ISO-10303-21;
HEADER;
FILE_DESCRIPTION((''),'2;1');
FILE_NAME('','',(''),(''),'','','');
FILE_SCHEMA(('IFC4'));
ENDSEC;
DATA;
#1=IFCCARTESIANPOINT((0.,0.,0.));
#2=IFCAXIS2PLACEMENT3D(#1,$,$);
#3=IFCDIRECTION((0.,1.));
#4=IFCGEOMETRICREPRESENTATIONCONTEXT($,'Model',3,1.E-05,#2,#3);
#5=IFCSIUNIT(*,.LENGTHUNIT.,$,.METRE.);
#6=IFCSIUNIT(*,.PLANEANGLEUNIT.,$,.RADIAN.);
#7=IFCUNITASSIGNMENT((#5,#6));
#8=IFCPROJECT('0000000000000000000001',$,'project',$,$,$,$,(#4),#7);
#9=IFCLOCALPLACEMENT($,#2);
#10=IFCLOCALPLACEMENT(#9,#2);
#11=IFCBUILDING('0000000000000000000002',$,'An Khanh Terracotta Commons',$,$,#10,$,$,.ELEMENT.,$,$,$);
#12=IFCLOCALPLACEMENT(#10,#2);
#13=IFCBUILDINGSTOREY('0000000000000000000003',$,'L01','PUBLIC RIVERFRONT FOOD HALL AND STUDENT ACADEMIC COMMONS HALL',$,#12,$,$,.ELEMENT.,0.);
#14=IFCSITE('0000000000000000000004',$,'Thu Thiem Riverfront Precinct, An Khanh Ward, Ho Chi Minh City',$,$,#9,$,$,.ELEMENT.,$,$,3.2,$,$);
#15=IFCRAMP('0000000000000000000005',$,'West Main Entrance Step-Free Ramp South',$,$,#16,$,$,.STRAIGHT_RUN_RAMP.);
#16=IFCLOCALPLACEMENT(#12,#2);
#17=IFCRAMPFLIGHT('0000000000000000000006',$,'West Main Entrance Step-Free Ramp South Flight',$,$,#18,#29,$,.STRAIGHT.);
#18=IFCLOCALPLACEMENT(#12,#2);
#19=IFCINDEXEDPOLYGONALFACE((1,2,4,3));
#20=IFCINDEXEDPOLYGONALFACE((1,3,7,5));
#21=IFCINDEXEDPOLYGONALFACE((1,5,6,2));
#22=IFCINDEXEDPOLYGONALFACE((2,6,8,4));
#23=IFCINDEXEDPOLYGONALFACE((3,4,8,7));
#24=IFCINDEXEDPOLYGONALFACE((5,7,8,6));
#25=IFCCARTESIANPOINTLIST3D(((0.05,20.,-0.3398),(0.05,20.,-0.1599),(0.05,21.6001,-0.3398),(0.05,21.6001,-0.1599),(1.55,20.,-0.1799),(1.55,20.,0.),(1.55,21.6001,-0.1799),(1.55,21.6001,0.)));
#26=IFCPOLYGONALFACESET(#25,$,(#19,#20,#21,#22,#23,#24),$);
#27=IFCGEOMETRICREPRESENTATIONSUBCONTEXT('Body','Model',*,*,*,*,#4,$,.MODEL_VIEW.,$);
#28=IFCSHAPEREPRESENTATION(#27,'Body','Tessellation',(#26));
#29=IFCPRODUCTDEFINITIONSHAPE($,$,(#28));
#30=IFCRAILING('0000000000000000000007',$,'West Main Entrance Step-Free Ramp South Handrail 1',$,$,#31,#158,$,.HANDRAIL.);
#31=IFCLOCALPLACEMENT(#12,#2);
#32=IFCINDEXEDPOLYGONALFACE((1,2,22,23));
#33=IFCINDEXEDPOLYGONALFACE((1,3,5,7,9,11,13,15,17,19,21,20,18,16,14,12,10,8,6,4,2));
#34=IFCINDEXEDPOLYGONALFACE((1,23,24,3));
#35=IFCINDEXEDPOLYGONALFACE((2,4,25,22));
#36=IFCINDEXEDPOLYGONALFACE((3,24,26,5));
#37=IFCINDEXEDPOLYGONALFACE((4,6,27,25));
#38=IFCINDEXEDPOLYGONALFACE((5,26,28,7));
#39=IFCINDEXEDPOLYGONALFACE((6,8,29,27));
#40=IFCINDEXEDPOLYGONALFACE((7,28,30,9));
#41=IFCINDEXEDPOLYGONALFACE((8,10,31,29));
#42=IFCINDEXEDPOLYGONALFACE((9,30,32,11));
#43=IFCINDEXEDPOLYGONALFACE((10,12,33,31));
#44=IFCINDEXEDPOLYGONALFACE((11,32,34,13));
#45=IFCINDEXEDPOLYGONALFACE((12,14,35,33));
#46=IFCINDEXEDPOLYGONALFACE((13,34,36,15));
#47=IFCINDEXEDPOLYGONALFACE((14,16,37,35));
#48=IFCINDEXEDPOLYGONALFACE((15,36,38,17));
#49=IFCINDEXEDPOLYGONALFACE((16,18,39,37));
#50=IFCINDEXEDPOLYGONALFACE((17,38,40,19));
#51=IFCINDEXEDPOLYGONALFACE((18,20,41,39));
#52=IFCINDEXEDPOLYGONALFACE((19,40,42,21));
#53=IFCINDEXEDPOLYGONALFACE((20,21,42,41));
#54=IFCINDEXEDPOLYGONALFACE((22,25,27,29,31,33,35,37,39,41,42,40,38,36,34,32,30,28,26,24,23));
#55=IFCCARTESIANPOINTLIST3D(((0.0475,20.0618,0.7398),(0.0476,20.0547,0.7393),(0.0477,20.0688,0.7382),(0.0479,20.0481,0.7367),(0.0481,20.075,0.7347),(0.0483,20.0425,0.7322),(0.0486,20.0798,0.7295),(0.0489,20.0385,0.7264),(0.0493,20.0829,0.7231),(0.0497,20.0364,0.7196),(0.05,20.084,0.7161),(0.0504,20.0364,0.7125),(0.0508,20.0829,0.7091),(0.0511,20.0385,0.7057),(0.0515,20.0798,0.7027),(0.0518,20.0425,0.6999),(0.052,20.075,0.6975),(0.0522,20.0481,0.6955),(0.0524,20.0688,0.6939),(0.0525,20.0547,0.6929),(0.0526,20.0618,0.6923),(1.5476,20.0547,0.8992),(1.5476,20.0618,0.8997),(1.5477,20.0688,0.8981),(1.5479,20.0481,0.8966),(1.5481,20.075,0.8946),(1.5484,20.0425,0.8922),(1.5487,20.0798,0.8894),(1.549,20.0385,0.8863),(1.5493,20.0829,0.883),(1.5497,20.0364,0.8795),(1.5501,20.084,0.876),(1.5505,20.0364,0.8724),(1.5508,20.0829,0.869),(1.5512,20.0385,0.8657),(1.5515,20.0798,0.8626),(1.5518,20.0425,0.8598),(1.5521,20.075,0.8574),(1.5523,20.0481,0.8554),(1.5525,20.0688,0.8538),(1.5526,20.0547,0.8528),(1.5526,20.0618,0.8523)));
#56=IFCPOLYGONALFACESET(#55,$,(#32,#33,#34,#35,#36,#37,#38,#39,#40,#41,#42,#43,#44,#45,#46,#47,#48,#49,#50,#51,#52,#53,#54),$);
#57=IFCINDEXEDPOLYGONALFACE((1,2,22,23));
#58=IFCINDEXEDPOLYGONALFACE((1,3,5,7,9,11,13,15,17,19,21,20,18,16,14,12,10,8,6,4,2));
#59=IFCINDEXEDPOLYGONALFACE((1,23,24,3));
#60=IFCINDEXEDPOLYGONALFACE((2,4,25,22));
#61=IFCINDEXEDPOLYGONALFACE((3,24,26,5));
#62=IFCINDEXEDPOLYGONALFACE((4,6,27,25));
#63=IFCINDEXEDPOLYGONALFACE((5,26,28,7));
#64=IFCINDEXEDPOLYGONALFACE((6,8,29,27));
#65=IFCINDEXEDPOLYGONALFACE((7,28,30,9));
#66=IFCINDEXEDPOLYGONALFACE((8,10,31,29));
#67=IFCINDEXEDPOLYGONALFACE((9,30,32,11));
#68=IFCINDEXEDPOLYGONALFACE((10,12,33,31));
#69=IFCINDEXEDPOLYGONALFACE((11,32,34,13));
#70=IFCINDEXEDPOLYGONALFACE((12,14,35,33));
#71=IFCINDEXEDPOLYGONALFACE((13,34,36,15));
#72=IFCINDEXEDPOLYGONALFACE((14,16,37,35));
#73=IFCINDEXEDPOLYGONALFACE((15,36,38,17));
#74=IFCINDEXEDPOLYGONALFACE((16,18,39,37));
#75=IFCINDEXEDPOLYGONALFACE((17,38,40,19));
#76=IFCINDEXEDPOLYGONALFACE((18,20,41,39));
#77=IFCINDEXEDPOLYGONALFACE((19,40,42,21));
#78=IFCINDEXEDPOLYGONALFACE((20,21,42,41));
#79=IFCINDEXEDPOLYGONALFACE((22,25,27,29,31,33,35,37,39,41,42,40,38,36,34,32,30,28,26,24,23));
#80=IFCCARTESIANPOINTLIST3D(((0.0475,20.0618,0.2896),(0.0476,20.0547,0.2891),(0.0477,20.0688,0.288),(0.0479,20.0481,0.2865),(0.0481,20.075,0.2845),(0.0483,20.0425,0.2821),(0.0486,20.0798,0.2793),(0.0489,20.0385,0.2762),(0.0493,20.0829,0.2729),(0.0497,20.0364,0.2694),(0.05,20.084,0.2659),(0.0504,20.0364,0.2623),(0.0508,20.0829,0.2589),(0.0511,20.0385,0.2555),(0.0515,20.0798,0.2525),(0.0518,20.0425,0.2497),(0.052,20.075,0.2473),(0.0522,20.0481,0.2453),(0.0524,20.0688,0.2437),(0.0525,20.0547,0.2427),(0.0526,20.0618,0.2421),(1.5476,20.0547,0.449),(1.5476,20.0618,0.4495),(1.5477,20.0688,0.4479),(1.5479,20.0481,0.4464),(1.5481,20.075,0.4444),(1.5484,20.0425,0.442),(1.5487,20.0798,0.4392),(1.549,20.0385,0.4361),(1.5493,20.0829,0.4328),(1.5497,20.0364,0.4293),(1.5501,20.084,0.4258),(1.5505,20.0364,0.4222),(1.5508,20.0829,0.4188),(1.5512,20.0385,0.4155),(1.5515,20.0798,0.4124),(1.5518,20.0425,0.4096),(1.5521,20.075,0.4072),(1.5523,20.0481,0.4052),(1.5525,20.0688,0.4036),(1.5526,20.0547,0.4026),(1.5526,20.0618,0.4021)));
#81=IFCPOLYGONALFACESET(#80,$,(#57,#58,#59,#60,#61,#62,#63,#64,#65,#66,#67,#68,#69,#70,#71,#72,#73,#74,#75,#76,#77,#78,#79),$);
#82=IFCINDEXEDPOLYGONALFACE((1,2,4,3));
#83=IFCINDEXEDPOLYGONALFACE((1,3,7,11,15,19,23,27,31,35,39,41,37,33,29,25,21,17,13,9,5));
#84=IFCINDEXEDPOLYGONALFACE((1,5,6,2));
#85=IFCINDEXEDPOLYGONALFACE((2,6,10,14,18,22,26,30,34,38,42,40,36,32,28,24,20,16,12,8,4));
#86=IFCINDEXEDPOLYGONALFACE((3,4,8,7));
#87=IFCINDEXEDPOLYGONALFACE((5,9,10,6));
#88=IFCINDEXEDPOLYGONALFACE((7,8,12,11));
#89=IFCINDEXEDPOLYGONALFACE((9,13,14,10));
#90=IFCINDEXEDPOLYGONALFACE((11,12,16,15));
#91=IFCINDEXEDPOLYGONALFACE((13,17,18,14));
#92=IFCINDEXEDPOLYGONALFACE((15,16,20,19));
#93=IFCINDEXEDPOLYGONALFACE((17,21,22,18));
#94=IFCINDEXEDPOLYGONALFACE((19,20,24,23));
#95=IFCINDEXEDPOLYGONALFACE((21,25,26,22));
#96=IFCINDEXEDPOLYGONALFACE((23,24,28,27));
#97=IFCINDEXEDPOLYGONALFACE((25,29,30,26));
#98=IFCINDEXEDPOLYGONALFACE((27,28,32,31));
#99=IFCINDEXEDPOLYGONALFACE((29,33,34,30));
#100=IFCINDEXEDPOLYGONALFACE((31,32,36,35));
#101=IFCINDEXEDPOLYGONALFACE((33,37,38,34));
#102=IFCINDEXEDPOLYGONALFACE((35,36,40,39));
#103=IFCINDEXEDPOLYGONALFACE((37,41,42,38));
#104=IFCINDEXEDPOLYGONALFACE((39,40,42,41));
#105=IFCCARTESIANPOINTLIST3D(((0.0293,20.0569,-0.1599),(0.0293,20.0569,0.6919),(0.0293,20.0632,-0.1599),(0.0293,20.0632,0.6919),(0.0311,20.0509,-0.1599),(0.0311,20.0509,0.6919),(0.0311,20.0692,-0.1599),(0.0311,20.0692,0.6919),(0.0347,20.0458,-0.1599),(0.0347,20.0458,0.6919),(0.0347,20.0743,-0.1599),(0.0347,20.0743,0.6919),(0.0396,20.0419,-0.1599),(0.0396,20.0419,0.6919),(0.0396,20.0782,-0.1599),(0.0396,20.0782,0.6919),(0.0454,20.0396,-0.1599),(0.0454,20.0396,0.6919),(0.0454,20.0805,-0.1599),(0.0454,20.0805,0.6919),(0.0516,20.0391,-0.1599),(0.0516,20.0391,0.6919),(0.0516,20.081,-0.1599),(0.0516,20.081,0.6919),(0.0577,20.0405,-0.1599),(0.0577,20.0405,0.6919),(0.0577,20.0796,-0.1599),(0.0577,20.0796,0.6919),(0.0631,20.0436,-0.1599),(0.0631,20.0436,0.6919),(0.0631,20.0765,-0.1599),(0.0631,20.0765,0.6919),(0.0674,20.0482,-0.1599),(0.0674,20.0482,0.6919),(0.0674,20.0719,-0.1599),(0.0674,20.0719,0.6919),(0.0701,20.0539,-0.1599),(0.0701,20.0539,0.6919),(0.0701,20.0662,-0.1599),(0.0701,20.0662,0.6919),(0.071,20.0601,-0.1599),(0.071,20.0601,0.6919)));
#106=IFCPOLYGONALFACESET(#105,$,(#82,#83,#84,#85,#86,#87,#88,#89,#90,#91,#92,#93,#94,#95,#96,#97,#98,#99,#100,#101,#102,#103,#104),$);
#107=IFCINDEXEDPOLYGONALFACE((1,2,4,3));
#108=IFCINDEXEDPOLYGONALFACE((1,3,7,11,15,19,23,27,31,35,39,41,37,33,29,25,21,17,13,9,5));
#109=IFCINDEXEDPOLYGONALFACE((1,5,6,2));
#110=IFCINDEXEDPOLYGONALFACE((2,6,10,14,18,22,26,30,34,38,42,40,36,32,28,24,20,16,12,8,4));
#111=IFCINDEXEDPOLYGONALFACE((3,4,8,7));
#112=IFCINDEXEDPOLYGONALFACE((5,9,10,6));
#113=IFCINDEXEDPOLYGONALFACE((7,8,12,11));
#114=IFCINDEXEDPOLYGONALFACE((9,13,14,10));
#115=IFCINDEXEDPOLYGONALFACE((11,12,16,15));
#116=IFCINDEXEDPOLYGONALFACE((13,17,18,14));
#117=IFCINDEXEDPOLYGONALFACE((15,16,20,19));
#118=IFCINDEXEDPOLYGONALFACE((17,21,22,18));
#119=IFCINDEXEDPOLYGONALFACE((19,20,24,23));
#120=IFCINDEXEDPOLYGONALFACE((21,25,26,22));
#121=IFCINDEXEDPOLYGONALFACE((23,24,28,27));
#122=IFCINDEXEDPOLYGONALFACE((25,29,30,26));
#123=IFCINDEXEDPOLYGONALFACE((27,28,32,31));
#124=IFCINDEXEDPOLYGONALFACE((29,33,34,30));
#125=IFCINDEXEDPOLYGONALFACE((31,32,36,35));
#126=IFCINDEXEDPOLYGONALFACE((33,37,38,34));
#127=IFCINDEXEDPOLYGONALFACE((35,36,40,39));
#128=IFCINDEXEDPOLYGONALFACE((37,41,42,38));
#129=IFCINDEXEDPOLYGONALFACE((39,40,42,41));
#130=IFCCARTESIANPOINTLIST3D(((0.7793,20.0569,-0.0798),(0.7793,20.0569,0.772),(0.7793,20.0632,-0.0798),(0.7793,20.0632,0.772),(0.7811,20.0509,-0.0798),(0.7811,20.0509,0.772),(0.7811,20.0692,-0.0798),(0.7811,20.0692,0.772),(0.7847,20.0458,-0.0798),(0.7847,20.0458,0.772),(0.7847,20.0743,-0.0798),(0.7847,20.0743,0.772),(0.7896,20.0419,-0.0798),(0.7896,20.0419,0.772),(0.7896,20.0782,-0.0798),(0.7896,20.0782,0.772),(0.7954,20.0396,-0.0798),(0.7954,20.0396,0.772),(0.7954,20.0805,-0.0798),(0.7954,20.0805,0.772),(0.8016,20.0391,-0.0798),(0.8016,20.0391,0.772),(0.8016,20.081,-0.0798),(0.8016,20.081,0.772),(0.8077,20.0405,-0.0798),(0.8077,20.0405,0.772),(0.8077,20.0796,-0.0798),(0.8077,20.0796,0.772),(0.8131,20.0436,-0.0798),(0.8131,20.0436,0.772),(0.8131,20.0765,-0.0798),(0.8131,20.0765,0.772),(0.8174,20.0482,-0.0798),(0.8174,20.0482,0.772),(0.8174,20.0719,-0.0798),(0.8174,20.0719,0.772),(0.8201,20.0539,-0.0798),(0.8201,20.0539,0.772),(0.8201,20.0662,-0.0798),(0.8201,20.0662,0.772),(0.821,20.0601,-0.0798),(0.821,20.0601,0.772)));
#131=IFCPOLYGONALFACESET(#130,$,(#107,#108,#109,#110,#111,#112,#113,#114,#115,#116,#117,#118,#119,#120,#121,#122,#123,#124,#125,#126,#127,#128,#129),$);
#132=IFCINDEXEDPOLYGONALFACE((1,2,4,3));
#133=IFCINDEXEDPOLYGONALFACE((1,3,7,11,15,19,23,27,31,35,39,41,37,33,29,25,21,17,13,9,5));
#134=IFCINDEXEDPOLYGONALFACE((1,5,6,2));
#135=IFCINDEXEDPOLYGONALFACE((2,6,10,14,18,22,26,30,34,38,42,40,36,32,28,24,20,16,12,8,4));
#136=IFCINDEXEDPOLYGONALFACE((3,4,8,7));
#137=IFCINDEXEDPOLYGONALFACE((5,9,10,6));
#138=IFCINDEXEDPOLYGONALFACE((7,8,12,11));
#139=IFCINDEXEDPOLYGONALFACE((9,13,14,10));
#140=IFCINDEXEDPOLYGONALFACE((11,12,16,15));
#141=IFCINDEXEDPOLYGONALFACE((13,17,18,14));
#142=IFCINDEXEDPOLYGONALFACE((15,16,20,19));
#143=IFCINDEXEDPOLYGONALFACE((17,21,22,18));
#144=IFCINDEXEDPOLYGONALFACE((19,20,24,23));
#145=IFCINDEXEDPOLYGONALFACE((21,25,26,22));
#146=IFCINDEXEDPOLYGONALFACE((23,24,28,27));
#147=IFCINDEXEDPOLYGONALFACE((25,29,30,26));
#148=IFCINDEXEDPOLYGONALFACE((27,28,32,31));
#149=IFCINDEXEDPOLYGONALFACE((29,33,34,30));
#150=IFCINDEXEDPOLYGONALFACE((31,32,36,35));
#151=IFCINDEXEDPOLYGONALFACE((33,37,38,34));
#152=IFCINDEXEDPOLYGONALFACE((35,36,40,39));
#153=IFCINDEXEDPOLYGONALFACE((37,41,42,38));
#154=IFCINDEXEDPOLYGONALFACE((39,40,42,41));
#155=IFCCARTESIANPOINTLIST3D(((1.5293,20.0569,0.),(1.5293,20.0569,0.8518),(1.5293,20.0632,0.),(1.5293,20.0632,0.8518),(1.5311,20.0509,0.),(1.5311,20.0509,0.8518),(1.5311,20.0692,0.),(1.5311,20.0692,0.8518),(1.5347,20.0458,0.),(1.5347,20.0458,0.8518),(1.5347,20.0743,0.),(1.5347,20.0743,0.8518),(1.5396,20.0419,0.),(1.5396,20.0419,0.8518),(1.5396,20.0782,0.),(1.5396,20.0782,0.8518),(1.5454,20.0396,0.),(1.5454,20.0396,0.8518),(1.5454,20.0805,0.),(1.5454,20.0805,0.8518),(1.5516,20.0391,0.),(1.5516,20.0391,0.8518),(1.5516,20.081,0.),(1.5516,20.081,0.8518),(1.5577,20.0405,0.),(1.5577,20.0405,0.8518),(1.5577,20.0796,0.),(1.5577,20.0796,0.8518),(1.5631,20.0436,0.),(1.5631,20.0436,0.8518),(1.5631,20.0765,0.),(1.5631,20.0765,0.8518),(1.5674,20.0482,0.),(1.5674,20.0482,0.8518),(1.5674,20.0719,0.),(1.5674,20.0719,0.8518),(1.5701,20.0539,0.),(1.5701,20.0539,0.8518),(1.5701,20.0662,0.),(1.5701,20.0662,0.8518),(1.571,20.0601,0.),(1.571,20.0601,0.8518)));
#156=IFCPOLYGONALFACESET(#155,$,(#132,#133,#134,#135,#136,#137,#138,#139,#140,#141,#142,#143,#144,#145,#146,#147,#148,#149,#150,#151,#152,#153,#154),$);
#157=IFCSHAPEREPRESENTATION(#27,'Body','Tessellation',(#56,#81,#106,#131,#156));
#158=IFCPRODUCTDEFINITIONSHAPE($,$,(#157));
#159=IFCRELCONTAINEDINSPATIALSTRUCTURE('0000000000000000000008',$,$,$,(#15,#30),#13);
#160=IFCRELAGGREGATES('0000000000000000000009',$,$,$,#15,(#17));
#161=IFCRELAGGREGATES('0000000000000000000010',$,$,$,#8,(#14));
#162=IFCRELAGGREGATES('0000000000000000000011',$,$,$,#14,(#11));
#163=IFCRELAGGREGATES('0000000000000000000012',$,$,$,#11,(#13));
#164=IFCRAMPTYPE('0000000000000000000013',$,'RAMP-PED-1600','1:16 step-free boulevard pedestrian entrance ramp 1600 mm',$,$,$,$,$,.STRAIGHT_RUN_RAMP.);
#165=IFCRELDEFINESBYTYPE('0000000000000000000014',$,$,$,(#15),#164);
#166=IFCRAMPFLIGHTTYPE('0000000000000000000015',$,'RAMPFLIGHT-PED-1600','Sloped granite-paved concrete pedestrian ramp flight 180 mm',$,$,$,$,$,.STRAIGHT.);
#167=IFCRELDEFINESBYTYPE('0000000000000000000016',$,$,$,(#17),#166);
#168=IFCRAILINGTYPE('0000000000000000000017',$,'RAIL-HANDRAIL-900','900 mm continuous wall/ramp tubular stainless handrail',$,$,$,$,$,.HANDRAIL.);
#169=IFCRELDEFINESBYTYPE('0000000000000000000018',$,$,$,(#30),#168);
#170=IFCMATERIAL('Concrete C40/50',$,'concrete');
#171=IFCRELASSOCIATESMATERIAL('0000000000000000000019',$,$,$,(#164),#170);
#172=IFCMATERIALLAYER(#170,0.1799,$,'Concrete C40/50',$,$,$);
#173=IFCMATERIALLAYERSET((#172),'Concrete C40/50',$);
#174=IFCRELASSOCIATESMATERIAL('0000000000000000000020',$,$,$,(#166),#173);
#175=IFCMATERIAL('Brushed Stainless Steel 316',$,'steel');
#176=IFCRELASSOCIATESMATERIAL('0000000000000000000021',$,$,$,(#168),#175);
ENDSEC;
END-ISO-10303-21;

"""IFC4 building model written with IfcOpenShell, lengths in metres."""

from ifc_helpers import new_model, si_unit, direction, frame, origin, origin_2d, place, context, subcontext, project, spatial, polyline, circle, outline, extrude, material, layer, layer_set, type_object, element, aggregate, save


model = new_model("IFC4")

# Units and contexts
model_context = context("Model", 3, precision=1e-05, world=origin(), true_north=direction((0.0, 1.0)))
body_context = subcontext(model_context, "Body", "Model", "MODEL_VIEW")
ifc_project = project(units=[si_unit("LENGTHUNIT", "METRE"), si_unit("PLANEANGLEUNIT", "RADIAN")], contexts=[model_context])

# Site, building, storey
site_placement = place(None, origin())
site = spatial("IfcSite", under=ifc_project, at=site_placement, Name="Thu Thiem Riverfront Precinct, An Khanh Ward, Ho Chi Minh City", CompositionType="ELEMENT", RefElevation=3.2)
building_placement = place(site_placement, origin())
building = spatial("IfcBuilding", under=site, at=building_placement, Name="An Khanh Terracotta Commons", CompositionType="ELEMENT")
storey_placement = place(building_placement, origin())
storey = spatial("IfcBuildingStorey", under=building, at=storey_placement, Name="L01", Description="PUBLIC RIVERFRONT FOOD HALL AND STUDENT ACADEMIC COMMONS HALL", CompositionType="ELEMENT", Elevation=0.0)

# Ramp, ramp flight
ifc_material_1 = material(Name="Concrete C40/50", Category="concrete")
ramp_type = type_object("IfcRampType", Name="RAMP-PED-1600", Description="1:16 step-free boulevard pedestrian entrance ramp 1600 mm", PredefinedType="STRAIGHT_RUN_RAMP", material=ifc_material_1)
ramp_placement = place(storey_placement, origin())
ramp = element("IfcRamp", 1, at=ramp_placement, inside=storey, type_object=ramp_type, Name="West Main Entrance Step-Free Ramp South", PredefinedType="STRAIGHT_RUN_RAMP")
ifc_layer_1 = layer(ifc_material_1, 0.1799, Name="Concrete C40/50")
ifc_layer_set_1 = layer_set([ifc_layer_1], Name="Concrete C40/50")
ramp_flight_type = type_object("IfcRampFlightType", Name="RAMPFLIGHT-PED-1600", Description="Sloped granite-paved concrete pedestrian ramp flight 180 mm", PredefinedType="STRAIGHT", material=ifc_layer_set_1)
ramp_flight_placement = place(storey_placement, frame((0.05, 20.8, -0.1599), z_axis=(0.0, 0.0, 1.0), x_axis=(1.0, 0.0, 0.0)))
ramp_flight = element("IfcRampFlight", 2, at=ramp_flight_placement, type_object=ramp_flight_type, Name="West Main Entrance Step-Free Ramp South Flight", PredefinedType="STRAIGHT", context=body_context, shape_type="SweptSolid", body=[
    extrude(outline(polyline([(0.0, 0.0), (1.5, 0.1599), (1.5, -0.02), (0.0, -0.1799), (0.0, 0.0)])), frame((0.0, 0.8, 0.0), z_axis=(0.0, -1.0, 0.0), x_axis=(1.0, 0.0, 0.0)), (0.0, 0.0, 1.0), 1.6001),
])
aggregate(ramp, [ramp_flight])

# Railing
ifc_material_2 = material(Name="Brushed Stainless Steel 316", Category="steel")
railing_type = type_object("IfcRailingType", Name="RAIL-HANDRAIL-900", Description="900 mm continuous wall/ramp tubular stainless handrail", PredefinedType="HANDRAIL", material=ifc_material_2)
for number, where, name in (
    (3, (0.05, 20.0601, -0.1599), "West Main Entrance Step-Free Ramp South Handrail 1"),
):
    element("IfcRailing", number, at=place(storey_placement, frame(where)), inside=storey, type_object=railing_type, Name=name, PredefinedType="HANDRAIL", context=body_context, shape_type="SweptSolid", body=[
        extrude(circle(Radius=0.0239, at=origin_2d()), frame((0.0, 0.0, 0.876), z_axis=(0.994365, 0.0, 0.106007), x_axis=(0.0, 1.0, 0.0)), (0.0, 0.0, 1.0), 1.5085),
        extrude(circle(Radius=0.0239, at=origin_2d()), frame((0.0, 0.0, 0.4258), z_axis=(0.994365, 0.0, 0.106007), x_axis=(0.0, 1.0, 0.0)), (0.0, 0.0, 1.0), 1.5085),
        extrude(circle(Radius=0.021, at=origin_2d()), origin(), (0.0, 0.0, 1.0), 0.8518),
        extrude(circle(Radius=0.021, at=origin_2d()), frame((0.75, 0.0, 0.0801)), (0.0, 0.0, 1.0), 0.8518),
        extrude(circle(Radius=0.021, at=origin_2d()), frame((1.5, 0.0, 0.1599)), (0.0, 0.0, 1.0), 0.8518),
    ])

save(model, "model.ifc")
